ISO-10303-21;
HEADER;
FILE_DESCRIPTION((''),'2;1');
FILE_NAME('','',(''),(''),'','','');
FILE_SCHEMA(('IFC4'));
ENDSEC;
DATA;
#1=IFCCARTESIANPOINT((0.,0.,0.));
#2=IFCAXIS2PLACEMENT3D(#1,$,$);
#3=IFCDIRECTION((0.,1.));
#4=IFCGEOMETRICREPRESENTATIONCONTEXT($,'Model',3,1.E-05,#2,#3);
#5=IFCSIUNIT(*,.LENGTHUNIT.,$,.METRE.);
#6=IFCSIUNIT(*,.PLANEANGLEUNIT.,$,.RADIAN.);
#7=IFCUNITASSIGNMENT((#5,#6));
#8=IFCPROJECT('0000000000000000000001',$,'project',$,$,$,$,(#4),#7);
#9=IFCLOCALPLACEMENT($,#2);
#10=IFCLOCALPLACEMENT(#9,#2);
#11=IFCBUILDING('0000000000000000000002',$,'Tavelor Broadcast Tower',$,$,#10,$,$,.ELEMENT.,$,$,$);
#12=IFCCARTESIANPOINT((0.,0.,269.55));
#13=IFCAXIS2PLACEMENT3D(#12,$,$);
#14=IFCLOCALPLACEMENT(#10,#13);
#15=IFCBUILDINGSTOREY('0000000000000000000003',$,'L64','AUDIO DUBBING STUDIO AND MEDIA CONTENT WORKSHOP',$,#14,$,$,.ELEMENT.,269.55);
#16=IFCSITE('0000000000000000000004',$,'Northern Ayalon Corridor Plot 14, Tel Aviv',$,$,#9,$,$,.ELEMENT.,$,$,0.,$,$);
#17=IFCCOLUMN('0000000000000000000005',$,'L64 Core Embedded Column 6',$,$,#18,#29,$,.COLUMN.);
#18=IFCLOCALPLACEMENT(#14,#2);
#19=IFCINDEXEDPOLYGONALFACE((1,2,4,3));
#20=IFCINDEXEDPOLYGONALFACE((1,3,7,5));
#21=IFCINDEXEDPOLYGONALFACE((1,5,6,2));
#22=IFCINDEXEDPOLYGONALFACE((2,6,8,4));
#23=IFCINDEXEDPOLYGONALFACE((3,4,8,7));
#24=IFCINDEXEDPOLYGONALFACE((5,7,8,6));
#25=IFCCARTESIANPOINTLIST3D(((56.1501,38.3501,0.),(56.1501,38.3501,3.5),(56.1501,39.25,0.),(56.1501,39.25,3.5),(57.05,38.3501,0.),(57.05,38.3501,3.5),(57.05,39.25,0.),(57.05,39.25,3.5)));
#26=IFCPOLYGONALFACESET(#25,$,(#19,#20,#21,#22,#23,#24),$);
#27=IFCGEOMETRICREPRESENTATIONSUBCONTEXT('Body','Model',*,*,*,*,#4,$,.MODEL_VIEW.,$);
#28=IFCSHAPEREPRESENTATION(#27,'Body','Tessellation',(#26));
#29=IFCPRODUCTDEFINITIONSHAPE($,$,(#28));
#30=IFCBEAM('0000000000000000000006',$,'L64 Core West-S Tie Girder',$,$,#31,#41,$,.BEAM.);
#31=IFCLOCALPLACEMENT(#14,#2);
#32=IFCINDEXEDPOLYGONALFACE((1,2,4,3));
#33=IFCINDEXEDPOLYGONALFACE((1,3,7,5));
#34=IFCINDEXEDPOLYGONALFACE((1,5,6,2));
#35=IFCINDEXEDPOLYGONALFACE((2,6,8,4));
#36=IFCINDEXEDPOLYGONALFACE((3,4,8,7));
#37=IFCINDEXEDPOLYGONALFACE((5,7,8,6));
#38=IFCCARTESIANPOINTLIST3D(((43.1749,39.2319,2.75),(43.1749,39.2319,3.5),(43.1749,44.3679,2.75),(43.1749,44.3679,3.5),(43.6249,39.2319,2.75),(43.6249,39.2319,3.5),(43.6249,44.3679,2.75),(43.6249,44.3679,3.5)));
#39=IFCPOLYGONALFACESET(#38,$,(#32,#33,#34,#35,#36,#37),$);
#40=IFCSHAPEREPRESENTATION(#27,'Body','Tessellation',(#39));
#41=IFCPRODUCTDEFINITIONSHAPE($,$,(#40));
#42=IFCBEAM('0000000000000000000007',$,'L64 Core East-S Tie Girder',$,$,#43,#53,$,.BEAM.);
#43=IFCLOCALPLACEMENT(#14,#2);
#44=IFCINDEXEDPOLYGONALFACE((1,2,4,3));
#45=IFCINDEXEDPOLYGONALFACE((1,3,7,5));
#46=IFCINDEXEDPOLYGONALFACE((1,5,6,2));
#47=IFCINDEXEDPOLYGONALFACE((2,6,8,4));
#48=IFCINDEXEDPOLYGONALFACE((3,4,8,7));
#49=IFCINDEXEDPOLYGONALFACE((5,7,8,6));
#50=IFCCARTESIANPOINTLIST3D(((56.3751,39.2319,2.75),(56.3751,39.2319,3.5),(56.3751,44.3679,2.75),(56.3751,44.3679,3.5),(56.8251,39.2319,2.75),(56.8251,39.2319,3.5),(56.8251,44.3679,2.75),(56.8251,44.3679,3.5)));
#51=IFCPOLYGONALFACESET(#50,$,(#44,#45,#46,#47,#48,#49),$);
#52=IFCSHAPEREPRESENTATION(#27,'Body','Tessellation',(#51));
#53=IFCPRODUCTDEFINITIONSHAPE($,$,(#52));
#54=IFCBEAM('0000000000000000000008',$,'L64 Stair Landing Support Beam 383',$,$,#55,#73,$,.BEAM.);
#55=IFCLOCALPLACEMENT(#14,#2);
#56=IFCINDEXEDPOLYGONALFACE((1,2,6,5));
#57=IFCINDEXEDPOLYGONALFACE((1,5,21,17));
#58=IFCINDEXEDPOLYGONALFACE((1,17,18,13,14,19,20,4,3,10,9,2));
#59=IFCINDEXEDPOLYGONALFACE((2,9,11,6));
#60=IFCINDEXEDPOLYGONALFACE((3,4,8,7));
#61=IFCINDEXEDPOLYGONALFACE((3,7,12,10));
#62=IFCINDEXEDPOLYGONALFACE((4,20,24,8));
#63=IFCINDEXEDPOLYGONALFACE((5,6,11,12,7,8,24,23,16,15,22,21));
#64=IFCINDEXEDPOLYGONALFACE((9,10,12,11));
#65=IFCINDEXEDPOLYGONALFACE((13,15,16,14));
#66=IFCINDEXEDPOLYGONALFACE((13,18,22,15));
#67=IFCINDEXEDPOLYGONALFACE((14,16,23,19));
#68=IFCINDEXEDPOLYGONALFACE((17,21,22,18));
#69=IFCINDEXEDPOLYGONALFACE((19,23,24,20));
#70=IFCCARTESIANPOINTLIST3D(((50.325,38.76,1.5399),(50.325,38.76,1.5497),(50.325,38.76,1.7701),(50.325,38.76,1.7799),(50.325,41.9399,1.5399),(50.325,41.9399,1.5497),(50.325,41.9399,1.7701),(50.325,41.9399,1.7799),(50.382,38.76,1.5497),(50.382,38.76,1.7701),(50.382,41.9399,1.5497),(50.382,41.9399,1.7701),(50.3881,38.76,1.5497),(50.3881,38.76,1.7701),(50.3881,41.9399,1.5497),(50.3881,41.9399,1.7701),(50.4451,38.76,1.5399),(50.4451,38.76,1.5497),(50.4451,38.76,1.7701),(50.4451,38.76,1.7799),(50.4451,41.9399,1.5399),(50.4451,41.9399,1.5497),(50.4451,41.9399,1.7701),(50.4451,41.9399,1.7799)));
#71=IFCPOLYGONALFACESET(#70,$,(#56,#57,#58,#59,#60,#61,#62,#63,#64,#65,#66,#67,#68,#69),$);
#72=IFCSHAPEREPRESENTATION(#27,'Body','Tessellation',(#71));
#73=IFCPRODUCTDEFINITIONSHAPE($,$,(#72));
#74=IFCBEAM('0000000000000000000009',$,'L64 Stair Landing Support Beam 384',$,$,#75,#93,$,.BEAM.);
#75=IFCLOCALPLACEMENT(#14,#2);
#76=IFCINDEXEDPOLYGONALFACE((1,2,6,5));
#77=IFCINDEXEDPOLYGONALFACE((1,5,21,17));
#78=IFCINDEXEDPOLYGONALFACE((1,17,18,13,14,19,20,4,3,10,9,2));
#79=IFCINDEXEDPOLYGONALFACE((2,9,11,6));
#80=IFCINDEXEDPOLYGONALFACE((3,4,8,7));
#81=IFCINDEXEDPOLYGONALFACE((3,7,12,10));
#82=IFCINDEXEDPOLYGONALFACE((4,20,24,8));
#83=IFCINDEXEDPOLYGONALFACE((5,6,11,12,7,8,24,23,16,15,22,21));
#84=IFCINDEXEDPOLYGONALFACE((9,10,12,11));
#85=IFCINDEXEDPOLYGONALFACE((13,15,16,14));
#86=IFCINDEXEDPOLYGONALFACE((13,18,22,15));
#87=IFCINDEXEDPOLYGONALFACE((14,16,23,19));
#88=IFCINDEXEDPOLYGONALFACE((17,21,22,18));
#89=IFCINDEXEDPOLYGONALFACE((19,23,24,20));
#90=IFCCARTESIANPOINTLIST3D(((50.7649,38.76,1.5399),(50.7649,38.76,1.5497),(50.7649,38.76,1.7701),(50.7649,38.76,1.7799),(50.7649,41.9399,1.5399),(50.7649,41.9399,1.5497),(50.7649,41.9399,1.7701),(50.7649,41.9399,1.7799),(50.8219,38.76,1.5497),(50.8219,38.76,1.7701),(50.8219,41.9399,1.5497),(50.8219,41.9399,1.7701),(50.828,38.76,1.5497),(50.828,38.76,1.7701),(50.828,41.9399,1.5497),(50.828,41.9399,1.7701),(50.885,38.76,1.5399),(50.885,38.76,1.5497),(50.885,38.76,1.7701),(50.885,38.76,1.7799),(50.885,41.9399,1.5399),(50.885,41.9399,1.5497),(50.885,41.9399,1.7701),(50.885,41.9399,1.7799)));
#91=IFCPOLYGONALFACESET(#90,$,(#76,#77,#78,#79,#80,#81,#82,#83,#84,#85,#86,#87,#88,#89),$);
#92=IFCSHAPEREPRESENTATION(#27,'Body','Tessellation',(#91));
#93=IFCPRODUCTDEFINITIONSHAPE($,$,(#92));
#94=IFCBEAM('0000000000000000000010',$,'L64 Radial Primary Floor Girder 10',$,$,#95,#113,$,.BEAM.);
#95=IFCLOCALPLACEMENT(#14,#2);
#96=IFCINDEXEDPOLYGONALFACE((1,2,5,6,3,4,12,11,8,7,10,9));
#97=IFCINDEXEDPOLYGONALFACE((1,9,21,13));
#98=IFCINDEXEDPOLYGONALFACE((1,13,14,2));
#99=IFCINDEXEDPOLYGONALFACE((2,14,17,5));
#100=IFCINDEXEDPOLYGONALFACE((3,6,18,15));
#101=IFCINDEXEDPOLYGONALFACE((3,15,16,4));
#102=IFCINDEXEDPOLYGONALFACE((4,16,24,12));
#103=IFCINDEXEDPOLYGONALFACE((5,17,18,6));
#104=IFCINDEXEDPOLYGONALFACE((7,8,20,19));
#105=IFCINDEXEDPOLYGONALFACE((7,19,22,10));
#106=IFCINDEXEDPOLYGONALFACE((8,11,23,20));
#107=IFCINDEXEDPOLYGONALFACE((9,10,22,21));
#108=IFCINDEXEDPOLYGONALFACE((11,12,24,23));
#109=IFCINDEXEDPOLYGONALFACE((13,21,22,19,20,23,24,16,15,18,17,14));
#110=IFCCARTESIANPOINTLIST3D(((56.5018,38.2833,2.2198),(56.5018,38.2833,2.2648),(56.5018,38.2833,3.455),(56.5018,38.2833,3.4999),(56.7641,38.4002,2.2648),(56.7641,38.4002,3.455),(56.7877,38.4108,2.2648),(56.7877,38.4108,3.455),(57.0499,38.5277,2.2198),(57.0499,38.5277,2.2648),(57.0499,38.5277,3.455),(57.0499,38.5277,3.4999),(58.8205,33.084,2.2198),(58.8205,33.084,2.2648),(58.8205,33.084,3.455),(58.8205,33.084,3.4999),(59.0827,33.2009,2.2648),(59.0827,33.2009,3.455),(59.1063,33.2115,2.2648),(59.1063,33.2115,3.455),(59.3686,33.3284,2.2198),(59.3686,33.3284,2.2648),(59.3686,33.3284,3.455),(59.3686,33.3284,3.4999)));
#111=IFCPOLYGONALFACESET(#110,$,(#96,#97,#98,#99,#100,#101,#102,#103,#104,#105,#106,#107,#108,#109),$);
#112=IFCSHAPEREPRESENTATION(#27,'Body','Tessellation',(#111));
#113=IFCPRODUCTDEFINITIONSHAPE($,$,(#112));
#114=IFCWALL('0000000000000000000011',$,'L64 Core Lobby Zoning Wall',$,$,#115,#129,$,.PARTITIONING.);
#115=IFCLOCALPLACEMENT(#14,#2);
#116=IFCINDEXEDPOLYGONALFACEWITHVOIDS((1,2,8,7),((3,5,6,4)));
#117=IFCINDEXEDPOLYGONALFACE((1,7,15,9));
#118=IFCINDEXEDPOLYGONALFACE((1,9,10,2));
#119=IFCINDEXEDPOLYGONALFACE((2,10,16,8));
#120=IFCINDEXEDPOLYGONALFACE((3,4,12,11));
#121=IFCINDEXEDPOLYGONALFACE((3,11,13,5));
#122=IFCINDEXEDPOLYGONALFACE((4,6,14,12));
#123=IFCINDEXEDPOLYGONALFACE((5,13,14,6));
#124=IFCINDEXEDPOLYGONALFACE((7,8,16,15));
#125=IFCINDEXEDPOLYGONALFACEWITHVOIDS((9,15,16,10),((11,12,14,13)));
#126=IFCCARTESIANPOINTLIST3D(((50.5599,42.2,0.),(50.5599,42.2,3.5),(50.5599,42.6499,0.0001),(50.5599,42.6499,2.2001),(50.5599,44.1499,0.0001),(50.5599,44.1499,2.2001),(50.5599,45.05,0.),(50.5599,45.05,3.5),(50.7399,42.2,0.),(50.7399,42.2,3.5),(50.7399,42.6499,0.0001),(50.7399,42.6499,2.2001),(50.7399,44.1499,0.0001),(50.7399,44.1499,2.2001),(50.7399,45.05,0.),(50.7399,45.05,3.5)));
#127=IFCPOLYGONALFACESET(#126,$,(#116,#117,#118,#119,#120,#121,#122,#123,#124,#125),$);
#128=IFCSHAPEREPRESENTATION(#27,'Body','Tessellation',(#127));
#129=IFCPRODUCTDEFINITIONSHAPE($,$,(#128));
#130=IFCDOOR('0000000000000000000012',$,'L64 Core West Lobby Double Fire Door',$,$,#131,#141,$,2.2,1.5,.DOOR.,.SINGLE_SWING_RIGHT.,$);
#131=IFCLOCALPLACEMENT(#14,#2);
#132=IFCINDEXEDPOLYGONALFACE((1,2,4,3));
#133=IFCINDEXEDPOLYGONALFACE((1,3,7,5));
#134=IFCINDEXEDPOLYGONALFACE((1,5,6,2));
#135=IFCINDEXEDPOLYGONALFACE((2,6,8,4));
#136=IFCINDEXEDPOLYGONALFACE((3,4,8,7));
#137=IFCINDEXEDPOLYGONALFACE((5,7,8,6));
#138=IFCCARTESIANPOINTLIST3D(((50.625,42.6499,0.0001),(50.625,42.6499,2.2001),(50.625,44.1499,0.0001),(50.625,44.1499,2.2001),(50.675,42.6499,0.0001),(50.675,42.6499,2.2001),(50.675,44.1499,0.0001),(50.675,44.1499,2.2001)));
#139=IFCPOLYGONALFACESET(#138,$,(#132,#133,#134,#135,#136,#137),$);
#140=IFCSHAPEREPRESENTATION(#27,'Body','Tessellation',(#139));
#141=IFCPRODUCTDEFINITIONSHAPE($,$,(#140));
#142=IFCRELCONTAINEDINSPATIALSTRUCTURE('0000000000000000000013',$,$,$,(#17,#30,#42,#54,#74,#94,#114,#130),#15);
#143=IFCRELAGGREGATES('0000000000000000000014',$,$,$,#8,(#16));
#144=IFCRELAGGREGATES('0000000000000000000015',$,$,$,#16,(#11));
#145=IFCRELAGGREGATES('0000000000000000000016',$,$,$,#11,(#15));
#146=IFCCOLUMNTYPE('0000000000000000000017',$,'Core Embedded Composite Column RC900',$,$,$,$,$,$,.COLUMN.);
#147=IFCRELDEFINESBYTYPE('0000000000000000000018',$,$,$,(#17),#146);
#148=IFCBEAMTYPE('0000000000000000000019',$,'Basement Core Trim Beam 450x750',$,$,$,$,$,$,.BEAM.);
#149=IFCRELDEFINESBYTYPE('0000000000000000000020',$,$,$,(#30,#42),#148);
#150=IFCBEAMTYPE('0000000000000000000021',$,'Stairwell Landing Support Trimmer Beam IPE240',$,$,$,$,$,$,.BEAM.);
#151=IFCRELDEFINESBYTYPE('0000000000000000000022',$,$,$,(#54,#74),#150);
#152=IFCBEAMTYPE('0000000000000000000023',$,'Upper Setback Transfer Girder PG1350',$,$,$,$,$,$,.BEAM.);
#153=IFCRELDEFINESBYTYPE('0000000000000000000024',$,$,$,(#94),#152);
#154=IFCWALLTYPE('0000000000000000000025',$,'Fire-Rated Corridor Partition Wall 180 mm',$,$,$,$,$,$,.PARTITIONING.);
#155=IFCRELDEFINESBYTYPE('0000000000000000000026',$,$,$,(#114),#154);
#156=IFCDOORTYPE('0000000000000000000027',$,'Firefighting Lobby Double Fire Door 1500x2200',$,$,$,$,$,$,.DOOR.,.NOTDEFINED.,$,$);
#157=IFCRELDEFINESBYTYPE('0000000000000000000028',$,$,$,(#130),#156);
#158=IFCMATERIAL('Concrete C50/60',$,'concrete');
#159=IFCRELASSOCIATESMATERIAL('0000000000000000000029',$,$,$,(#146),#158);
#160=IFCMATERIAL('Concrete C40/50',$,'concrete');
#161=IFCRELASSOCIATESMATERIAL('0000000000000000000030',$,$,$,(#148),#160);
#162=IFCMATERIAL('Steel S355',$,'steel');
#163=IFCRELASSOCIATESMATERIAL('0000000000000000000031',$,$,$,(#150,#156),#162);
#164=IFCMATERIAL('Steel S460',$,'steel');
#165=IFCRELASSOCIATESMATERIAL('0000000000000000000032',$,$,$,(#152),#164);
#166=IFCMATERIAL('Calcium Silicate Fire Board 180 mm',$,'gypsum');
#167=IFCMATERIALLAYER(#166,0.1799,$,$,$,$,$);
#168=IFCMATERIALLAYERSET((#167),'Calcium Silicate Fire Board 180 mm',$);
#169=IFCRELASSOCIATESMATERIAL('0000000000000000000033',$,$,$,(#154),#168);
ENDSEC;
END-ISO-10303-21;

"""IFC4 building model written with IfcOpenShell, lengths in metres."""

from ifc_helpers import new_model, si_unit, direction, frame, frame_2d, origin, origin_2d, place, context, subcontext, project, spatial, rectangle, i_section, extrude, material, layer, layer_set, material_profile, profile_set, type_object, element, fill, save


model = new_model("IFC4")

# Units and contexts
model_context = context("Model", 3, precision=1e-05, world=origin(), true_north=direction((0.0, 1.0)))
body_context = subcontext(model_context, "Body", "Model", "MODEL_VIEW")
ifc_project = project(units=[si_unit("LENGTHUNIT", "METRE"), si_unit("PLANEANGLEUNIT", "RADIAN")], contexts=[model_context])

# Site, building, storey
site_placement = place(None, origin())
site = spatial("IfcSite", under=ifc_project, at=site_placement, Name="Northern Ayalon Corridor Plot 14, Tel Aviv", CompositionType="ELEMENT", RefElevation=0.0)
building_placement = place(site_placement, origin())
building = spatial("IfcBuilding", under=site, at=building_placement, Name="Tavelor Broadcast Tower", CompositionType="ELEMENT")
storey_placement = place(building_placement, frame((0.0, 0.0, 269.55)))
storey = spatial("IfcBuildingStorey", under=building, at=storey_placement, Name="L64", Description="AUDIO DUBBING STUDIO AND MEDIA CONTENT WORKSHOP", CompositionType="ELEMENT", Elevation=269.55)

# Column
ifc_material_1 = material(Name="Concrete C50/60", Category="concrete")
ifc_material_profile_1 = material_profile(ifc_material_1, rectangle(XDim=0.8999, YDim=0.8999, at=origin_2d()), Name="RC 900x900")
ifc_profile_set_1 = profile_set([ifc_material_profile_1], Name="Concrete C50/60")
column_type = type_object("IfcColumnType", Name="Core Embedded Composite Column RC900", PredefinedType="COLUMN", material=ifc_profile_set_1)
column_placement = place(storey_placement, frame((56.6001, 38.8, 0.0), z_axis=(0.0, 0.0, 1.0), x_axis=(1.0, 0.0, 0.0)))
element("IfcColumn", 1, at=column_placement, inside=storey, type_object=column_type, Name="L64 Core Embedded Column 6", PredefinedType="COLUMN", context=body_context, shape_type="SweptSolid", body=[
    extrude(rectangle(XDim=0.8999, YDim=0.8999, at=origin_2d()), origin(), (0.0, 0.0, 1.0), 3.5),
])

# Beams
ifc_material_2 = material(Name="Concrete C40/50", Category="concrete")
ifc_material_profile_2 = material_profile(ifc_material_2, rectangle(XDim=0.45, YDim=0.75, at=origin_2d()), Name="RC 450x750")
ifc_profile_set_2 = profile_set([ifc_material_profile_2], Name="Concrete C40/50")
beam_type_1 = type_object("IfcBeamType", Name="Basement Core Trim Beam 450x750", PredefinedType="BEAM", material=ifc_profile_set_2)
for number, where, z_axis, x_axis, name in (
    (2, (43.3999, 39.2319, 3.125), (0.0, 1.0, 0.0), (-1.0, 0.0, 0.0), "L64 Core West-S Tie Girder"),
    (3, (56.6001, 39.2319, 3.125), (0.0, 1.0, 0.0), (-1.0, 0.0, 0.0), "L64 Core East-S Tie Girder"),
):
    element("IfcBeam", number, at=place(storey_placement, frame(where, z_axis=z_axis, x_axis=x_axis)), inside=storey, type_object=beam_type_1, Name=name, PredefinedType="BEAM", context=body_context, shape_type="SweptSolid", body=[
        extrude(rectangle(XDim=0.45, YDim=0.75, at=origin_2d()), origin(), (0.0, 0.0, 1.0), 5.136),
    ])
ifc_material_3 = material(Name="Steel S355", Category="steel")
ifc_material_profile_3 = material_profile(ifc_material_3, i_section(OverallWidth=0.1201, OverallDepth=0.24, WebThickness=0.0061, FlangeThickness=0.0098, at=origin_2d()), Name="IPE 240")
ifc_profile_set_3 = profile_set([ifc_material_profile_3], Name="Steel S355")
beam_type_2 = type_object("IfcBeamType", Name="Stairwell Landing Support Trimmer Beam IPE240", PredefinedType="BEAM", material=ifc_profile_set_3)
for number, where, z_axis, x_axis, name in (
    (4, (50.385, 38.76, 1.6599), (0.0, 1.0, 0.0), (-1.0, 0.0, 0.0), "L64 Stair Landing Support Beam 383"),
    (5, (50.825, 38.76, 1.6599), (0.0, 1.0, 0.0), (-1.0, 0.0, 0.0), "L64 Stair Landing Support Beam 384"),
):
    element("IfcBeam", number, at=place(storey_placement, frame(where, z_axis=z_axis, x_axis=x_axis)), inside=storey, type_object=beam_type_2, Name=name, PredefinedType="BEAM", context=body_context, shape_type="SweptSolid", body=[
        extrude(i_section(OverallWidth=0.1201, OverallDepth=0.24, WebThickness=0.0061, FlangeThickness=0.0098, at=origin_2d()), origin(), (0.0, 0.0, 1.0), 3.1799),
    ])
ifc_material_4 = material(Name="Steel S460", Category="steel")
ifc_material_profile_4 = material_profile(ifc_material_4, i_section(OverallWidth=0.6001, OverallDepth=1.28, WebThickness=0.0259, FlangeThickness=0.0449, at=origin_2d()), Name="PG 1280x600")
ifc_profile_set_4 = profile_set([ifc_material_profile_4], Name="Steel S460")
beam_type_3 = type_object("IfcBeamType", Name="Upper Setback Transfer Girder PG1350", PredefinedType="BEAM", material=ifc_profile_set_4)
beam_placement = place(storey_placement, frame((56.7759, 38.4055, 2.8599), z_axis=(0.407288, -0.9133, 0.0), x_axis=(0.9133, 0.407288, 0.0)))
element("IfcBeam", 6, at=beam_placement, inside=storey, type_object=beam_type_3, Name="L64 Radial Primary Floor Girder 10", PredefinedType="BEAM", context=body_context, shape_type="SweptSolid", body=[
    extrude(i_section(OverallWidth=0.6001, OverallDepth=1.28, WebThickness=0.0259, FlangeThickness=0.0449, at=origin_2d()), origin(), (0.0, 0.0, 1.0), 5.6929),
])

# Wall, opening, door
ifc_material_5 = material(Name="Calcium Silicate Fire Board 180 mm", Category="gypsum")
ifc_layer_1 = layer(ifc_material_5, 0.1799)
ifc_layer_set_1 = layer_set([ifc_layer_1], Name="Calcium Silicate Fire Board 180 mm")
wall_type_1 = type_object("IfcWallType", Name="Fire-Rated Corridor Partition Wall 180 mm", PredefinedType="PARTITIONING", material=ifc_layer_set_1)
wall_1_placement = place(storey_placement, frame((50.6499, 42.2, 0.0), z_axis=(0.0, 0.0, 1.0), x_axis=(0.0, 1.0, 0.0)))
wall_1 = element("IfcWall", 7, at=wall_1_placement, inside=storey, type_object=wall_type_1, Name="L64 Core Lobby Zoning Wall", PredefinedType="PARTITIONING", context=body_context, shape_type="SweptSolid", body=[
    extrude(rectangle(XDim=2.8501, YDim=0.1799, at=frame_2d((1.425, 0.0))), origin(), (0.0, 0.0, 1.0), 3.5),
])
opening_1_placement = place(wall_1_placement, frame((0.45, 0.0, 0.0)))
opening_1 = element("IfcOpeningElement", 8, at=opening_1_placement, cuts=wall_1, PredefinedType="OPENING", context=body_context, shape_type="SweptSolid", body=[
    extrude(rectangle(XDim=1.5, YDim=2.2, at=frame_2d((0.75, 1.1001))), frame((0.0, 0.1001, 0.0), z_axis=(0.0, -1.0, 0.0), x_axis=(1.0, 0.0, 0.0)), (0.0, 0.0, 1.0), 0.2),
])
door_type_1 = type_object("IfcDoorType", Name="Firefighting Lobby Double Fire Door 1500x2200", OperationType="NOTDEFINED", PredefinedType="DOOR", material=ifc_material_3)
door_1_placement = place(opening_1_placement, origin())
door_1 = element("IfcDoor", 9, at=door_1_placement, inside=storey, type_object=door_type_1, Name="L64 Core West Lobby Double Fire Door", OperationType="SINGLE_SWING_RIGHT", OverallHeight=2.2, OverallWidth=1.5, PredefinedType="DOOR", context=body_context, shape_type="SweptSolid", body=[
    extrude(rectangle(XDim=1.5, YDim=2.2, at=frame_2d((0.75, 1.1001))), frame((0.0, 0.0249, 0.0), z_axis=(0.0, -1.0, 0.0), x_axis=(1.0, 0.0, 0.0)), (0.0, 0.0, 1.0), 0.05),
])
fill(opening_1, door_1)

save(model, "model.ifc")
